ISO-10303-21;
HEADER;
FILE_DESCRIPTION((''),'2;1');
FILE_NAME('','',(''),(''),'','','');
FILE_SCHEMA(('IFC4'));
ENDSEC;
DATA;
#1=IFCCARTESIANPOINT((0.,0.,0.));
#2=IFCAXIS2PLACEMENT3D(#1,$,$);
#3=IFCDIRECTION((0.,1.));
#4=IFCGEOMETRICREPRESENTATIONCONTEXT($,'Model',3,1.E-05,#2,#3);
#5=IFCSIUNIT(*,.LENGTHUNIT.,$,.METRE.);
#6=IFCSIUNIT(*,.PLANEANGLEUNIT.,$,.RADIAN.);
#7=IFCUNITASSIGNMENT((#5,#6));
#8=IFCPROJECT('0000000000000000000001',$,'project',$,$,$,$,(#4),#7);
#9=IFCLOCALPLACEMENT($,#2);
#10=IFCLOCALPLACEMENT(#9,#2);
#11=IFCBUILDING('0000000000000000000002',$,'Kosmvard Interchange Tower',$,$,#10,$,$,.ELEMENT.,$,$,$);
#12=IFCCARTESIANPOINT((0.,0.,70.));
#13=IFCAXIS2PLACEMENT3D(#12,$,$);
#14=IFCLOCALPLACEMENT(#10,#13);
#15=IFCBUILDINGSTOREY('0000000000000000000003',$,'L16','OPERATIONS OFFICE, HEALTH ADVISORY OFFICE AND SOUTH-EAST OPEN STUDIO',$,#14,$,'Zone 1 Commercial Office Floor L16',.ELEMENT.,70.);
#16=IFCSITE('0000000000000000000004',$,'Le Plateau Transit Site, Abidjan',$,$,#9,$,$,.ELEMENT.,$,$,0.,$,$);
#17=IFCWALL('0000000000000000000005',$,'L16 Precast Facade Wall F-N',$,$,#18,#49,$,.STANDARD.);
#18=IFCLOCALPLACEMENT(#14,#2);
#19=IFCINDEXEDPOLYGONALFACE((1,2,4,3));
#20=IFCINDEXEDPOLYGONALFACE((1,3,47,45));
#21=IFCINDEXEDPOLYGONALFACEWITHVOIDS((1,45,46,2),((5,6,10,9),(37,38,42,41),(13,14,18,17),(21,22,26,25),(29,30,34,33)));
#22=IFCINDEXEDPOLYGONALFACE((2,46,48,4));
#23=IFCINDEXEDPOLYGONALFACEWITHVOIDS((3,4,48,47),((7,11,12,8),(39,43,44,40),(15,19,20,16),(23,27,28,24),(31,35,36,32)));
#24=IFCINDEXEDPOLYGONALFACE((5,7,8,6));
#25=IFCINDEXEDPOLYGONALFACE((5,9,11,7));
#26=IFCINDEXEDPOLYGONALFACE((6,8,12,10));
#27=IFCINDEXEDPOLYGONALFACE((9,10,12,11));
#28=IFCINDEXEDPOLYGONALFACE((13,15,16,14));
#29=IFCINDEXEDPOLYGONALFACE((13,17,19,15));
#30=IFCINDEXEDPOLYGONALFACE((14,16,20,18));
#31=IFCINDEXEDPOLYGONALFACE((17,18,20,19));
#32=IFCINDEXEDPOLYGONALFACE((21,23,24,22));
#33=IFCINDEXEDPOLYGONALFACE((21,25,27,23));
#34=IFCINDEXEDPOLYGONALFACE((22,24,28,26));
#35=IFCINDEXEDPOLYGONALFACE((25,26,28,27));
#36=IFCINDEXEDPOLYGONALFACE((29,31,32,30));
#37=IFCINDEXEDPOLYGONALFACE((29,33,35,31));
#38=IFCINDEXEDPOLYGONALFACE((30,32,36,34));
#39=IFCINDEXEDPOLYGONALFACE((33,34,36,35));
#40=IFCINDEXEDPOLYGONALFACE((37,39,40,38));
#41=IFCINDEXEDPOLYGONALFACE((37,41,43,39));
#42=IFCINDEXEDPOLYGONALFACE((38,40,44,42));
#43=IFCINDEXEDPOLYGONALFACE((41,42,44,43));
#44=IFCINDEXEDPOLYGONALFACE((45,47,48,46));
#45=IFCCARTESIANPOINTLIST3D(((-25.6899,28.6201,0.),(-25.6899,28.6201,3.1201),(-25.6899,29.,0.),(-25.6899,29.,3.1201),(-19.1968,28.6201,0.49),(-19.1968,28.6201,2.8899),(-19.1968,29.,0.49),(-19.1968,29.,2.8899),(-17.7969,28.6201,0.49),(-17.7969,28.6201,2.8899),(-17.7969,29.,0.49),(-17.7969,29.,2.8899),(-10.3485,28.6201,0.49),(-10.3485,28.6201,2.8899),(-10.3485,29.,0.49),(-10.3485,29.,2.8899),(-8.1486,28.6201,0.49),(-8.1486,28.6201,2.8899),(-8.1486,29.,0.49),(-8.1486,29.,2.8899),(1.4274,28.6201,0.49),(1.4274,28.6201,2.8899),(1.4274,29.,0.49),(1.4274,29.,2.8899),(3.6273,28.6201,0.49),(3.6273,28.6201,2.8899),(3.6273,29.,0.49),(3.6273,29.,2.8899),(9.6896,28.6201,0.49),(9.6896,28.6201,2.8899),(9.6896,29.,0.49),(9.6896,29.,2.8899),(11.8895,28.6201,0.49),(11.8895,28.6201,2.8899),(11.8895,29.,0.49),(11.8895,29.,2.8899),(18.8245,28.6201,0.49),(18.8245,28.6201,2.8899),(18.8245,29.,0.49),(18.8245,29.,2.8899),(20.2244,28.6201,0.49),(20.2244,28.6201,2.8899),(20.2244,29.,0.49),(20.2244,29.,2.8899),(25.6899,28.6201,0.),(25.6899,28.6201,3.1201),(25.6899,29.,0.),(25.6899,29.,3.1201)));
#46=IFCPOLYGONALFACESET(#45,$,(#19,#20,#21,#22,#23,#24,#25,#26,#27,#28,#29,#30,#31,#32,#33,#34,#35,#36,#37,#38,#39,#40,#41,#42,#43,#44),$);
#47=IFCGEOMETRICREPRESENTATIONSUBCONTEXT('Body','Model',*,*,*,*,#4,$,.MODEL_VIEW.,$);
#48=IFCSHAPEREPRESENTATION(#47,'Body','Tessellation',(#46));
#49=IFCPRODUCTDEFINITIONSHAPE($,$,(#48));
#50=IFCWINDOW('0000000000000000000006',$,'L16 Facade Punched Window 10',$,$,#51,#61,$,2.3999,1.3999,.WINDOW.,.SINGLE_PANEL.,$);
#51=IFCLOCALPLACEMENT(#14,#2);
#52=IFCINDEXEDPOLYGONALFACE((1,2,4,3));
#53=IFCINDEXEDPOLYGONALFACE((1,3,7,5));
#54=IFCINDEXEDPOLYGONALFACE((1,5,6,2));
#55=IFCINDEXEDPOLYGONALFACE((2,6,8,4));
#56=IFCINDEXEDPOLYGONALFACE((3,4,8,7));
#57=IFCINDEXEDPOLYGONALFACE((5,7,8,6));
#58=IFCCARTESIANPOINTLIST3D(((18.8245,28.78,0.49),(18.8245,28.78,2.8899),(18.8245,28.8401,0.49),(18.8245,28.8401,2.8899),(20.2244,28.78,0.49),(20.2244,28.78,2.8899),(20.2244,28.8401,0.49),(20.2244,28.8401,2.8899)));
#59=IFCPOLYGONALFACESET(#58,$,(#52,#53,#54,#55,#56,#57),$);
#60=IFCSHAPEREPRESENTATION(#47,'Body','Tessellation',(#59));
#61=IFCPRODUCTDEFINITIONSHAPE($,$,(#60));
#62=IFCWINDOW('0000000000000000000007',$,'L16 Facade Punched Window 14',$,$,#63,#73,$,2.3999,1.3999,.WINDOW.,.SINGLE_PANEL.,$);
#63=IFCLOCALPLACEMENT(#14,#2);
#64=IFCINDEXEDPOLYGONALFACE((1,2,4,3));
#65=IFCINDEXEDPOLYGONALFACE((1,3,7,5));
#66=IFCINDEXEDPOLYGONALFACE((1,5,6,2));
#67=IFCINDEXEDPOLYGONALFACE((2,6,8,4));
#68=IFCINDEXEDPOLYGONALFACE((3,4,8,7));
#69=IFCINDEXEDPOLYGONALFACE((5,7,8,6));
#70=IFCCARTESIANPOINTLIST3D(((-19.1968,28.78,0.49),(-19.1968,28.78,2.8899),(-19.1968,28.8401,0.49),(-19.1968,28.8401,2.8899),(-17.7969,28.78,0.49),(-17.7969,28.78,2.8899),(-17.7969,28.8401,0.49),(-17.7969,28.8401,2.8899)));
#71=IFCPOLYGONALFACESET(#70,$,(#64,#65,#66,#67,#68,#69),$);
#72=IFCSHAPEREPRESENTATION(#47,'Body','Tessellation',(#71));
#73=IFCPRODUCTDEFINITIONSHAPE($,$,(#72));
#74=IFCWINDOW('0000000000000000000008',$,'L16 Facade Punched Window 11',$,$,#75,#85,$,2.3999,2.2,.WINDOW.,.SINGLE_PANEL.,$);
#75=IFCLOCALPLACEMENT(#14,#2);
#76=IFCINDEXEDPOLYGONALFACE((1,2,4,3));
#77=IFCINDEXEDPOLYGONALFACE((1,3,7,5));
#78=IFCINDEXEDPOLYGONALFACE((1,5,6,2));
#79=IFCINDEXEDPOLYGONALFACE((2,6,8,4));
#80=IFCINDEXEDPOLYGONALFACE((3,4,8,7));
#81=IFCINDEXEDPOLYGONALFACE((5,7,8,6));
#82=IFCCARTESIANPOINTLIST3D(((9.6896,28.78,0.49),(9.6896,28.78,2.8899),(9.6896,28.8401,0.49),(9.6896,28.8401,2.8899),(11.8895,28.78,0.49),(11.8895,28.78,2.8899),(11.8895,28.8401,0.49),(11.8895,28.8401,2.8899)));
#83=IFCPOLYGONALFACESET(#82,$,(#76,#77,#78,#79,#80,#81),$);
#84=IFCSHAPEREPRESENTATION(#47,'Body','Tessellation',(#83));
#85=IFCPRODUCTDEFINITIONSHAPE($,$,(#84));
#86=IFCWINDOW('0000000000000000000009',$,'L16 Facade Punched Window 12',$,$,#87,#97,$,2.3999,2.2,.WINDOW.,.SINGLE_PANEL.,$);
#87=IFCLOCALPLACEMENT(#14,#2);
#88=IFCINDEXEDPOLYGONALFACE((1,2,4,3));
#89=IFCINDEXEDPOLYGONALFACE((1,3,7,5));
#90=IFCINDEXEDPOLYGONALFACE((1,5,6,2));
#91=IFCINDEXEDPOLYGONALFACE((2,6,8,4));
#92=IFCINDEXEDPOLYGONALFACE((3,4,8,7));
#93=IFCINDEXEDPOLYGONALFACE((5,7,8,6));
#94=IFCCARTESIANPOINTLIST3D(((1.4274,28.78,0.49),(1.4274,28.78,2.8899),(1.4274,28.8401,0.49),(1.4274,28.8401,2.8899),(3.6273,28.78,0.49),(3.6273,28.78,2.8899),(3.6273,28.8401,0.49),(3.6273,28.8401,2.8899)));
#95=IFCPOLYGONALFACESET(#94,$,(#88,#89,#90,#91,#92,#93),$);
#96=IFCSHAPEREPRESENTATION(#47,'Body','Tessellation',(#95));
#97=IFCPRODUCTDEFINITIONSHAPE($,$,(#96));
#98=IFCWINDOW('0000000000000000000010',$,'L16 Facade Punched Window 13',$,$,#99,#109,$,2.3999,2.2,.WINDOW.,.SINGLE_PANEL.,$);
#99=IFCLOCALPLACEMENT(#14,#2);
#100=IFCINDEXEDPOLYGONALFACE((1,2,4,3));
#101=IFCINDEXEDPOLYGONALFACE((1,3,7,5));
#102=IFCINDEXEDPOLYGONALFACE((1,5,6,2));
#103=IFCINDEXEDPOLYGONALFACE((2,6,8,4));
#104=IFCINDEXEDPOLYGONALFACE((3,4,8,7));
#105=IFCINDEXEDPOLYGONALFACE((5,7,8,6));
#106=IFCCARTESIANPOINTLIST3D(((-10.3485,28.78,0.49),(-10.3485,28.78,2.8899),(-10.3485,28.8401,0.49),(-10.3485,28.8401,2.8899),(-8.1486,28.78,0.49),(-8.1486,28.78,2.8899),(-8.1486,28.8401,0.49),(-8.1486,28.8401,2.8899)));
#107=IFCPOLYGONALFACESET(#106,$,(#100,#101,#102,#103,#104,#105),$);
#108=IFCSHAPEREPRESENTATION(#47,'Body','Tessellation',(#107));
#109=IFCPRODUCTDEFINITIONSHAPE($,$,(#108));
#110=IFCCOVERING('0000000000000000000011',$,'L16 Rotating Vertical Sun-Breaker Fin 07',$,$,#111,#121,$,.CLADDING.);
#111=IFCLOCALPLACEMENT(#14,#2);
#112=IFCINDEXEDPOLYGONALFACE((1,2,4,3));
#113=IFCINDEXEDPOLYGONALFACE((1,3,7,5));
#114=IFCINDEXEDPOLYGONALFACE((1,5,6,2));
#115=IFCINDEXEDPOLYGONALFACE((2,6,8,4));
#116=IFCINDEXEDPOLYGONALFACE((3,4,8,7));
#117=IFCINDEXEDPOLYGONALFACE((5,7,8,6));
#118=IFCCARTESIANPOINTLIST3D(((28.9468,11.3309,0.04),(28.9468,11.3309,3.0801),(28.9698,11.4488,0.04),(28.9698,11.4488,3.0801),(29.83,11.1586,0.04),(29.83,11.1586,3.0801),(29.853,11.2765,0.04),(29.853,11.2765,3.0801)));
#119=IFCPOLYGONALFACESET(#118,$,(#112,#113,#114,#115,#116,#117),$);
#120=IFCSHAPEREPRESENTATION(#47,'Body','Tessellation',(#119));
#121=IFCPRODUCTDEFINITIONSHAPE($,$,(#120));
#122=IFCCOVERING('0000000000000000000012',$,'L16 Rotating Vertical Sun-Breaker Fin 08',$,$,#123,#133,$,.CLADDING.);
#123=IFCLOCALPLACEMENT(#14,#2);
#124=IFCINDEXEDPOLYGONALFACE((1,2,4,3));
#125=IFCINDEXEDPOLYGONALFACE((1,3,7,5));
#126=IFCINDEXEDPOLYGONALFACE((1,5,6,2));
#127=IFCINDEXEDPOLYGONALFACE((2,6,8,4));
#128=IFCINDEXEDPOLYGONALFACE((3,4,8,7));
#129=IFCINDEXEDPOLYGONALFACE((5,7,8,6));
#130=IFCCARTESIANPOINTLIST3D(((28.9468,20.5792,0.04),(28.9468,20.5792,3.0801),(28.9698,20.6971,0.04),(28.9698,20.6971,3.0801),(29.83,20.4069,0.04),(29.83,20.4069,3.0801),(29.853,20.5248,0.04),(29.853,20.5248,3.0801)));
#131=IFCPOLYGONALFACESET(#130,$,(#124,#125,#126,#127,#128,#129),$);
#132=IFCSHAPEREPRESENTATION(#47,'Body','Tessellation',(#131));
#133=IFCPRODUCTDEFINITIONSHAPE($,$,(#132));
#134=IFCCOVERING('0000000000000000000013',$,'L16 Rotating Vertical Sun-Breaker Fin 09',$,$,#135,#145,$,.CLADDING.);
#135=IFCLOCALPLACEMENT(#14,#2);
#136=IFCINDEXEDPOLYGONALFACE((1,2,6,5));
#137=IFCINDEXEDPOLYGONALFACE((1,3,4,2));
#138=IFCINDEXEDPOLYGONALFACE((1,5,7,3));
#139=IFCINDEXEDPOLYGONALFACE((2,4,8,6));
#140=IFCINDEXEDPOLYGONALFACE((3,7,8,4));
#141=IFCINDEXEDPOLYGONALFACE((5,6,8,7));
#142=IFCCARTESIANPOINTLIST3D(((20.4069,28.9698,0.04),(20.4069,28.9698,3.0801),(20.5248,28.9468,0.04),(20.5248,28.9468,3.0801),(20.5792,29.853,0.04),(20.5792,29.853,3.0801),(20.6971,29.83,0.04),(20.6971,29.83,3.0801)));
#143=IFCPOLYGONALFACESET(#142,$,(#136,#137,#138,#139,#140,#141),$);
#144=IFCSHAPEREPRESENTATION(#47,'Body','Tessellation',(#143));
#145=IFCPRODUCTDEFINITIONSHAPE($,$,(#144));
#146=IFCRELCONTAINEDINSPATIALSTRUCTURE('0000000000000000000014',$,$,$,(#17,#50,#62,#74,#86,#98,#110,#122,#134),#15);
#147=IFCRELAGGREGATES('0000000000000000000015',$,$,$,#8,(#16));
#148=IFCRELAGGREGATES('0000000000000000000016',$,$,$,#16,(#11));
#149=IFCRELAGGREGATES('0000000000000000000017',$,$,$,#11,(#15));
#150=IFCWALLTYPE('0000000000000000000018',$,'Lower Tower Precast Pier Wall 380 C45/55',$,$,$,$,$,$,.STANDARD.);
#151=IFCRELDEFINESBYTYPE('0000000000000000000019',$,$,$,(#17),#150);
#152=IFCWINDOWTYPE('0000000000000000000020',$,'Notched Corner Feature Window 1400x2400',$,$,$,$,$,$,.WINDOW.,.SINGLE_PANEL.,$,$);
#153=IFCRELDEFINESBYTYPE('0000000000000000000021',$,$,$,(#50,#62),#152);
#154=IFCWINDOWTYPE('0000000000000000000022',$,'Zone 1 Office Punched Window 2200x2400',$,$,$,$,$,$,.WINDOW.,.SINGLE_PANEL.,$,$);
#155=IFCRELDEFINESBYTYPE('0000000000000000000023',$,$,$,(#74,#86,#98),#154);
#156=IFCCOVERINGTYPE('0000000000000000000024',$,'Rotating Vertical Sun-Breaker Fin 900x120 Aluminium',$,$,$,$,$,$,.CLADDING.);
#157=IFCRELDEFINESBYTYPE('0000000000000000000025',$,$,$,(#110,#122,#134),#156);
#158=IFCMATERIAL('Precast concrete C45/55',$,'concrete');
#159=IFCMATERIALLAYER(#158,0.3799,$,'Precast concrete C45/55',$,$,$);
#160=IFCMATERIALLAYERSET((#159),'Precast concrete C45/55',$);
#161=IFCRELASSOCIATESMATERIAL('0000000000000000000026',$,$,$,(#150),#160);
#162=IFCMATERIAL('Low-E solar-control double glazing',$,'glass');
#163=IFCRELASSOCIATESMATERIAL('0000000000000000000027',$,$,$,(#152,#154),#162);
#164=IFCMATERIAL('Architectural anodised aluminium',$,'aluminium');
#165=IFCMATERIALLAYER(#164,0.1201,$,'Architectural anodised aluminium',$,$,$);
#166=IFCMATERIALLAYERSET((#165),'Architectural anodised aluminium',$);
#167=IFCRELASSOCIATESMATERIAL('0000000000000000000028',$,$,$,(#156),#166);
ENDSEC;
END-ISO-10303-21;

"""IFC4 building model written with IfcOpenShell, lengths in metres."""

from ifc_helpers import new_model, si_unit, direction, frame, frame_2d, origin, origin_2d, place, context, subcontext, project, spatial, rectangle, extrude, source, transform, mapped, material, layer, layer_set, type_object, element, fill, save


model = new_model("IFC4")

# Units and contexts
model_context = context("Model", 3, precision=1e-05, world=origin(), true_north=direction((0.0, 1.0)))
body_context = subcontext(model_context, "Body", "Model", "MODEL_VIEW")
ifc_project = project(units=[si_unit("LENGTHUNIT", "METRE"), si_unit("PLANEANGLEUNIT", "RADIAN")], contexts=[model_context])

# Site, building, storey
site_placement = place(None, origin())
site = spatial("IfcSite", under=ifc_project, at=site_placement, Name="Le Plateau Transit Site, Abidjan", CompositionType="ELEMENT", RefElevation=0.0)
building_placement = place(site_placement, origin())
building = spatial("IfcBuilding", under=site, at=building_placement, Name="Kosmvard Interchange Tower", CompositionType="ELEMENT")
storey_placement = place(building_placement, frame((0.0, 0.0, 70.0)))
storey = spatial("IfcBuildingStorey", under=building, at=storey_placement, Name="L16", Description="OPERATIONS OFFICE, HEALTH ADVISORY OFFICE AND SOUTH-EAST OPEN STUDIO", LongName="Zone 1 Commercial Office Floor L16", CompositionType="ELEMENT", Elevation=70.0)

# Shared definitions
ifc_material_1 = material(Name="Precast concrete C45/55", Category="concrete")

# Shared definitions
ifc_layer_1 = layer(ifc_material_1, 0.3799, Name="Precast concrete C45/55")
ifc_layer_set_1 = layer_set([ifc_layer_1], Name="Precast concrete C45/55")
wall_type = type_object("IfcWallType", Name="Lower Tower Precast Pier Wall 380 C45/55", PredefinedType="STANDARD", material=ifc_layer_set_1)

# Wall, openings, windows
wall_1_placement = place(storey_placement, frame((25.6899, 28.8101, 0.0), z_axis=(0.0, 0.0, 1.0), x_axis=(-1.0, 0.0, 0.0)))
wall_1 = element("IfcWall", 1, at=wall_1_placement, inside=storey, type_object=wall_type, Name="L16 Precast Facade Wall F-N", PredefinedType="STANDARD", context=body_context, shape_type="SweptSolid", body=[
    extrude(rectangle(XDim=51.3799, YDim=0.3799, at=frame_2d((25.6899, 0.0))), origin(), (0.0, 0.0, 1.0), 3.1201),
])
opening_1_placement = place(wall_1_placement, frame((5.4656, 0.0, 0.49)))
opening_1 = element("IfcOpeningElement", 2, at=opening_1_placement, cuts=wall_1, PredefinedType="OPENING", context=body_context, shape_type="SweptSolid", body=[
    extrude(rectangle(XDim=1.3999, YDim=2.3999, at=frame_2d((0.7, 1.2))), frame((0.0, 0.2, 0.0), z_axis=(0.0, -1.0, 0.0), x_axis=(1.0, 0.0, 0.0)), (0.0, 0.0, 1.0), 0.3999),
])
opening_2_placement = place(wall_1_placement, frame((13.8003, 0.0, 0.49)))
opening_2 = element("IfcOpeningElement", 3, at=opening_2_placement, cuts=wall_1, PredefinedType="OPENING", context=body_context, shape_type="SweptSolid", body=[
    extrude(rectangle(XDim=2.2, YDim=2.3999, at=frame_2d((1.1001, 1.2))), frame((0.0, 0.2, 0.0), z_axis=(0.0, -1.0, 0.0), x_axis=(1.0, 0.0, 0.0)), (0.0, 0.0, 1.0), 0.3999),
])
opening_3_placement = place(wall_1_placement, frame((22.0625, 0.0, 0.49)))
opening_3 = element("IfcOpeningElement", 4, at=opening_3_placement, cuts=wall_1, PredefinedType="OPENING", context=body_context, shape_type="SweptSolid", body=[
    extrude(rectangle(XDim=2.2, YDim=2.3999, at=frame_2d((1.1001, 1.2))), frame((0.0, 0.2, 0.0), z_axis=(0.0, -1.0, 0.0), x_axis=(1.0, 0.0, 0.0)), (0.0, 0.0, 1.0), 0.3999),
])
opening_4_placement = place(wall_1_placement, frame((33.8384, 0.0, 0.49)))
opening_4 = element("IfcOpeningElement", 5, at=opening_4_placement, cuts=wall_1, PredefinedType="OPENING", context=body_context, shape_type="SweptSolid", body=[
    extrude(rectangle(XDim=2.2, YDim=2.3999, at=frame_2d((1.1001, 1.2))), frame((0.0, 0.2, 0.0), z_axis=(0.0, -1.0, 0.0), x_axis=(1.0, 0.0, 0.0)), (0.0, 0.0, 1.0), 0.3999),
])
opening_5_placement = place(wall_1_placement, frame((43.4868, 0.0, 0.49)))
opening_5 = element("IfcOpeningElement", 6, at=opening_5_placement, cuts=wall_1, PredefinedType="OPENING", context=body_context, shape_type="SweptSolid", body=[
    extrude(rectangle(XDim=1.3999, YDim=2.3999, at=frame_2d((0.7, 1.2))), frame((0.0, 0.2, 0.0), z_axis=(0.0, -1.0, 0.0), x_axis=(1.0, 0.0, 0.0)), (0.0, 0.0, 1.0), 0.3999),
])
ifc_material_2 = material(Name="Low-E solar-control double glazing", Category="glass")
window_type_1 = type_object("IfcWindowType", Name="Notched Corner Feature Window 1400x2400", PartitioningType="SINGLE_PANEL", PredefinedType="WINDOW", material=ifc_material_2)
shared_shape_1 = source(origin(), body_context, "Body", "SweptSolid", [
    extrude(rectangle(XDim=1.3999, YDim=2.3999, at=frame_2d((0.7, 1.2))), frame((0.0, 0.03, 0.0), z_axis=(0.0, -1.0, 0.0), x_axis=(1.0, 0.0, 0.0)), (0.0, 0.0, 1.0), 0.0601),
])
window_1_placement = place(opening_1_placement, origin())
window_1 = element("IfcWindow", 7, at=window_1_placement, inside=storey, type_object=window_type_1, Name="L16 Facade Punched Window 10", OverallHeight=2.3999, OverallWidth=1.3999, PartitioningType="SINGLE_PANEL", PredefinedType="WINDOW", context=body_context, shape_type="MappedRepresentation", body=[
    mapped(shared_shape_1, transform((0.0, 0.0, 0.0), scale=1.0)),
])
fill(opening_1, window_1)
window_2_placement = place(opening_5_placement, origin())
window_2 = element("IfcWindow", 8, at=window_2_placement, inside=storey, type_object=window_type_1, Name="L16 Facade Punched Window 14", OverallHeight=2.3999, OverallWidth=1.3999, PartitioningType="SINGLE_PANEL", PredefinedType="WINDOW", context=body_context, shape_type="MappedRepresentation", body=[
    mapped(shared_shape_1, transform((0.0, 0.0, 0.0), scale=1.0)),
])
fill(opening_5, window_2)
window_type_2 = type_object("IfcWindowType", Name="Zone 1 Office Punched Window 2200x2400", PartitioningType="SINGLE_PANEL", PredefinedType="WINDOW", material=ifc_material_2)
shared_shape_2 = source(origin(), body_context, "Body", "SweptSolid", [
    extrude(rectangle(XDim=2.2, YDim=2.3999, at=frame_2d((1.1001, 1.2))), frame((0.0, 0.03, 0.0), z_axis=(0.0, -1.0, 0.0), x_axis=(1.0, 0.0, 0.0)), (0.0, 0.0, 1.0), 0.0601),
])
window_3_placement = place(opening_2_placement, origin())
window_3 = element("IfcWindow", 9, at=window_3_placement, inside=storey, type_object=window_type_2, Name="L16 Facade Punched Window 11", OverallHeight=2.3999, OverallWidth=2.2, PartitioningType="SINGLE_PANEL", PredefinedType="WINDOW", context=body_context, shape_type="MappedRepresentation", body=[
    mapped(shared_shape_2, transform((0.0, 0.0, 0.0), scale=1.0)),
])
fill(opening_2, window_3)
window_4_placement = place(opening_3_placement, origin())
window_4 = element("IfcWindow", 10, at=window_4_placement, inside=storey, type_object=window_type_2, Name="L16 Facade Punched Window 12", OverallHeight=2.3999, OverallWidth=2.2, PartitioningType="SINGLE_PANEL", PredefinedType="WINDOW", context=body_context, shape_type="MappedRepresentation", body=[
    mapped(shared_shape_2, transform((0.0, 0.0, 0.0), scale=1.0)),
])
fill(opening_3, window_4)
window_5_placement = place(opening_4_placement, origin())
window_5 = element("IfcWindow", 11, at=window_5_placement, inside=storey, type_object=window_type_2, Name="L16 Facade Punched Window 13", OverallHeight=2.3999, OverallWidth=2.2, PartitioningType="SINGLE_PANEL", PredefinedType="WINDOW", context=body_context, shape_type="MappedRepresentation", body=[
    mapped(shared_shape_2, transform((0.0, 0.0, 0.0), scale=1.0)),
])
fill(opening_4, window_5)

# Coverings
ifc_material_3 = material(Name="Architectural anodised aluminium", Category="aluminium")
ifc_layer_2 = layer(ifc_material_3, 0.1201, Name="Architectural anodised aluminium")
ifc_layer_set_2 = layer_set([ifc_layer_2], Name="Architectural anodised aluminium")
covering_type = type_object("IfcCoveringType", Name="Rotating Vertical Sun-Breaker Fin 900x120 Aluminium", PredefinedType="CLADDING", material=ifc_layer_set_2)
shared_shape_3 = source(origin(), body_context, "Body", "SweptSolid", [
    extrude(rectangle(XDim=0.8999, YDim=0.1201, at=origin_2d()), origin(), (0.0, 0.0, 1.0), 3.04),
])
for number, where, z_axis, x_axis, name in (
    (12, (29.3999, 11.3037, 0.04), (0.0, 0.0, 1.0), (0.981494, -0.191494, 0.0), "L16 Rotating Vertical Sun-Breaker Fin 07"),
    (13, (29.3999, 20.552, 0.04), (0.0, 0.0, 1.0), (0.981494, -0.191494, 0.0), "L16 Rotating Vertical Sun-Breaker Fin 08"),
    (14, (20.552, 29.3999, 0.04), (0.0, 0.0, 1.0), (0.191494, 0.981494, 0.0), "L16 Rotating Vertical Sun-Breaker Fin 09"),
):
    element("IfcCovering", number, at=place(storey_placement, frame(where, z_axis=z_axis, x_axis=x_axis)), inside=storey, type_object=covering_type, Name=name, PredefinedType="CLADDING", context=body_context, shape_type="MappedRepresentation", body=[
        mapped(shared_shape_3, transform((0.0, 0.0, 0.0), scale=1.0)),
    ])

save(model, "model.ifc")
